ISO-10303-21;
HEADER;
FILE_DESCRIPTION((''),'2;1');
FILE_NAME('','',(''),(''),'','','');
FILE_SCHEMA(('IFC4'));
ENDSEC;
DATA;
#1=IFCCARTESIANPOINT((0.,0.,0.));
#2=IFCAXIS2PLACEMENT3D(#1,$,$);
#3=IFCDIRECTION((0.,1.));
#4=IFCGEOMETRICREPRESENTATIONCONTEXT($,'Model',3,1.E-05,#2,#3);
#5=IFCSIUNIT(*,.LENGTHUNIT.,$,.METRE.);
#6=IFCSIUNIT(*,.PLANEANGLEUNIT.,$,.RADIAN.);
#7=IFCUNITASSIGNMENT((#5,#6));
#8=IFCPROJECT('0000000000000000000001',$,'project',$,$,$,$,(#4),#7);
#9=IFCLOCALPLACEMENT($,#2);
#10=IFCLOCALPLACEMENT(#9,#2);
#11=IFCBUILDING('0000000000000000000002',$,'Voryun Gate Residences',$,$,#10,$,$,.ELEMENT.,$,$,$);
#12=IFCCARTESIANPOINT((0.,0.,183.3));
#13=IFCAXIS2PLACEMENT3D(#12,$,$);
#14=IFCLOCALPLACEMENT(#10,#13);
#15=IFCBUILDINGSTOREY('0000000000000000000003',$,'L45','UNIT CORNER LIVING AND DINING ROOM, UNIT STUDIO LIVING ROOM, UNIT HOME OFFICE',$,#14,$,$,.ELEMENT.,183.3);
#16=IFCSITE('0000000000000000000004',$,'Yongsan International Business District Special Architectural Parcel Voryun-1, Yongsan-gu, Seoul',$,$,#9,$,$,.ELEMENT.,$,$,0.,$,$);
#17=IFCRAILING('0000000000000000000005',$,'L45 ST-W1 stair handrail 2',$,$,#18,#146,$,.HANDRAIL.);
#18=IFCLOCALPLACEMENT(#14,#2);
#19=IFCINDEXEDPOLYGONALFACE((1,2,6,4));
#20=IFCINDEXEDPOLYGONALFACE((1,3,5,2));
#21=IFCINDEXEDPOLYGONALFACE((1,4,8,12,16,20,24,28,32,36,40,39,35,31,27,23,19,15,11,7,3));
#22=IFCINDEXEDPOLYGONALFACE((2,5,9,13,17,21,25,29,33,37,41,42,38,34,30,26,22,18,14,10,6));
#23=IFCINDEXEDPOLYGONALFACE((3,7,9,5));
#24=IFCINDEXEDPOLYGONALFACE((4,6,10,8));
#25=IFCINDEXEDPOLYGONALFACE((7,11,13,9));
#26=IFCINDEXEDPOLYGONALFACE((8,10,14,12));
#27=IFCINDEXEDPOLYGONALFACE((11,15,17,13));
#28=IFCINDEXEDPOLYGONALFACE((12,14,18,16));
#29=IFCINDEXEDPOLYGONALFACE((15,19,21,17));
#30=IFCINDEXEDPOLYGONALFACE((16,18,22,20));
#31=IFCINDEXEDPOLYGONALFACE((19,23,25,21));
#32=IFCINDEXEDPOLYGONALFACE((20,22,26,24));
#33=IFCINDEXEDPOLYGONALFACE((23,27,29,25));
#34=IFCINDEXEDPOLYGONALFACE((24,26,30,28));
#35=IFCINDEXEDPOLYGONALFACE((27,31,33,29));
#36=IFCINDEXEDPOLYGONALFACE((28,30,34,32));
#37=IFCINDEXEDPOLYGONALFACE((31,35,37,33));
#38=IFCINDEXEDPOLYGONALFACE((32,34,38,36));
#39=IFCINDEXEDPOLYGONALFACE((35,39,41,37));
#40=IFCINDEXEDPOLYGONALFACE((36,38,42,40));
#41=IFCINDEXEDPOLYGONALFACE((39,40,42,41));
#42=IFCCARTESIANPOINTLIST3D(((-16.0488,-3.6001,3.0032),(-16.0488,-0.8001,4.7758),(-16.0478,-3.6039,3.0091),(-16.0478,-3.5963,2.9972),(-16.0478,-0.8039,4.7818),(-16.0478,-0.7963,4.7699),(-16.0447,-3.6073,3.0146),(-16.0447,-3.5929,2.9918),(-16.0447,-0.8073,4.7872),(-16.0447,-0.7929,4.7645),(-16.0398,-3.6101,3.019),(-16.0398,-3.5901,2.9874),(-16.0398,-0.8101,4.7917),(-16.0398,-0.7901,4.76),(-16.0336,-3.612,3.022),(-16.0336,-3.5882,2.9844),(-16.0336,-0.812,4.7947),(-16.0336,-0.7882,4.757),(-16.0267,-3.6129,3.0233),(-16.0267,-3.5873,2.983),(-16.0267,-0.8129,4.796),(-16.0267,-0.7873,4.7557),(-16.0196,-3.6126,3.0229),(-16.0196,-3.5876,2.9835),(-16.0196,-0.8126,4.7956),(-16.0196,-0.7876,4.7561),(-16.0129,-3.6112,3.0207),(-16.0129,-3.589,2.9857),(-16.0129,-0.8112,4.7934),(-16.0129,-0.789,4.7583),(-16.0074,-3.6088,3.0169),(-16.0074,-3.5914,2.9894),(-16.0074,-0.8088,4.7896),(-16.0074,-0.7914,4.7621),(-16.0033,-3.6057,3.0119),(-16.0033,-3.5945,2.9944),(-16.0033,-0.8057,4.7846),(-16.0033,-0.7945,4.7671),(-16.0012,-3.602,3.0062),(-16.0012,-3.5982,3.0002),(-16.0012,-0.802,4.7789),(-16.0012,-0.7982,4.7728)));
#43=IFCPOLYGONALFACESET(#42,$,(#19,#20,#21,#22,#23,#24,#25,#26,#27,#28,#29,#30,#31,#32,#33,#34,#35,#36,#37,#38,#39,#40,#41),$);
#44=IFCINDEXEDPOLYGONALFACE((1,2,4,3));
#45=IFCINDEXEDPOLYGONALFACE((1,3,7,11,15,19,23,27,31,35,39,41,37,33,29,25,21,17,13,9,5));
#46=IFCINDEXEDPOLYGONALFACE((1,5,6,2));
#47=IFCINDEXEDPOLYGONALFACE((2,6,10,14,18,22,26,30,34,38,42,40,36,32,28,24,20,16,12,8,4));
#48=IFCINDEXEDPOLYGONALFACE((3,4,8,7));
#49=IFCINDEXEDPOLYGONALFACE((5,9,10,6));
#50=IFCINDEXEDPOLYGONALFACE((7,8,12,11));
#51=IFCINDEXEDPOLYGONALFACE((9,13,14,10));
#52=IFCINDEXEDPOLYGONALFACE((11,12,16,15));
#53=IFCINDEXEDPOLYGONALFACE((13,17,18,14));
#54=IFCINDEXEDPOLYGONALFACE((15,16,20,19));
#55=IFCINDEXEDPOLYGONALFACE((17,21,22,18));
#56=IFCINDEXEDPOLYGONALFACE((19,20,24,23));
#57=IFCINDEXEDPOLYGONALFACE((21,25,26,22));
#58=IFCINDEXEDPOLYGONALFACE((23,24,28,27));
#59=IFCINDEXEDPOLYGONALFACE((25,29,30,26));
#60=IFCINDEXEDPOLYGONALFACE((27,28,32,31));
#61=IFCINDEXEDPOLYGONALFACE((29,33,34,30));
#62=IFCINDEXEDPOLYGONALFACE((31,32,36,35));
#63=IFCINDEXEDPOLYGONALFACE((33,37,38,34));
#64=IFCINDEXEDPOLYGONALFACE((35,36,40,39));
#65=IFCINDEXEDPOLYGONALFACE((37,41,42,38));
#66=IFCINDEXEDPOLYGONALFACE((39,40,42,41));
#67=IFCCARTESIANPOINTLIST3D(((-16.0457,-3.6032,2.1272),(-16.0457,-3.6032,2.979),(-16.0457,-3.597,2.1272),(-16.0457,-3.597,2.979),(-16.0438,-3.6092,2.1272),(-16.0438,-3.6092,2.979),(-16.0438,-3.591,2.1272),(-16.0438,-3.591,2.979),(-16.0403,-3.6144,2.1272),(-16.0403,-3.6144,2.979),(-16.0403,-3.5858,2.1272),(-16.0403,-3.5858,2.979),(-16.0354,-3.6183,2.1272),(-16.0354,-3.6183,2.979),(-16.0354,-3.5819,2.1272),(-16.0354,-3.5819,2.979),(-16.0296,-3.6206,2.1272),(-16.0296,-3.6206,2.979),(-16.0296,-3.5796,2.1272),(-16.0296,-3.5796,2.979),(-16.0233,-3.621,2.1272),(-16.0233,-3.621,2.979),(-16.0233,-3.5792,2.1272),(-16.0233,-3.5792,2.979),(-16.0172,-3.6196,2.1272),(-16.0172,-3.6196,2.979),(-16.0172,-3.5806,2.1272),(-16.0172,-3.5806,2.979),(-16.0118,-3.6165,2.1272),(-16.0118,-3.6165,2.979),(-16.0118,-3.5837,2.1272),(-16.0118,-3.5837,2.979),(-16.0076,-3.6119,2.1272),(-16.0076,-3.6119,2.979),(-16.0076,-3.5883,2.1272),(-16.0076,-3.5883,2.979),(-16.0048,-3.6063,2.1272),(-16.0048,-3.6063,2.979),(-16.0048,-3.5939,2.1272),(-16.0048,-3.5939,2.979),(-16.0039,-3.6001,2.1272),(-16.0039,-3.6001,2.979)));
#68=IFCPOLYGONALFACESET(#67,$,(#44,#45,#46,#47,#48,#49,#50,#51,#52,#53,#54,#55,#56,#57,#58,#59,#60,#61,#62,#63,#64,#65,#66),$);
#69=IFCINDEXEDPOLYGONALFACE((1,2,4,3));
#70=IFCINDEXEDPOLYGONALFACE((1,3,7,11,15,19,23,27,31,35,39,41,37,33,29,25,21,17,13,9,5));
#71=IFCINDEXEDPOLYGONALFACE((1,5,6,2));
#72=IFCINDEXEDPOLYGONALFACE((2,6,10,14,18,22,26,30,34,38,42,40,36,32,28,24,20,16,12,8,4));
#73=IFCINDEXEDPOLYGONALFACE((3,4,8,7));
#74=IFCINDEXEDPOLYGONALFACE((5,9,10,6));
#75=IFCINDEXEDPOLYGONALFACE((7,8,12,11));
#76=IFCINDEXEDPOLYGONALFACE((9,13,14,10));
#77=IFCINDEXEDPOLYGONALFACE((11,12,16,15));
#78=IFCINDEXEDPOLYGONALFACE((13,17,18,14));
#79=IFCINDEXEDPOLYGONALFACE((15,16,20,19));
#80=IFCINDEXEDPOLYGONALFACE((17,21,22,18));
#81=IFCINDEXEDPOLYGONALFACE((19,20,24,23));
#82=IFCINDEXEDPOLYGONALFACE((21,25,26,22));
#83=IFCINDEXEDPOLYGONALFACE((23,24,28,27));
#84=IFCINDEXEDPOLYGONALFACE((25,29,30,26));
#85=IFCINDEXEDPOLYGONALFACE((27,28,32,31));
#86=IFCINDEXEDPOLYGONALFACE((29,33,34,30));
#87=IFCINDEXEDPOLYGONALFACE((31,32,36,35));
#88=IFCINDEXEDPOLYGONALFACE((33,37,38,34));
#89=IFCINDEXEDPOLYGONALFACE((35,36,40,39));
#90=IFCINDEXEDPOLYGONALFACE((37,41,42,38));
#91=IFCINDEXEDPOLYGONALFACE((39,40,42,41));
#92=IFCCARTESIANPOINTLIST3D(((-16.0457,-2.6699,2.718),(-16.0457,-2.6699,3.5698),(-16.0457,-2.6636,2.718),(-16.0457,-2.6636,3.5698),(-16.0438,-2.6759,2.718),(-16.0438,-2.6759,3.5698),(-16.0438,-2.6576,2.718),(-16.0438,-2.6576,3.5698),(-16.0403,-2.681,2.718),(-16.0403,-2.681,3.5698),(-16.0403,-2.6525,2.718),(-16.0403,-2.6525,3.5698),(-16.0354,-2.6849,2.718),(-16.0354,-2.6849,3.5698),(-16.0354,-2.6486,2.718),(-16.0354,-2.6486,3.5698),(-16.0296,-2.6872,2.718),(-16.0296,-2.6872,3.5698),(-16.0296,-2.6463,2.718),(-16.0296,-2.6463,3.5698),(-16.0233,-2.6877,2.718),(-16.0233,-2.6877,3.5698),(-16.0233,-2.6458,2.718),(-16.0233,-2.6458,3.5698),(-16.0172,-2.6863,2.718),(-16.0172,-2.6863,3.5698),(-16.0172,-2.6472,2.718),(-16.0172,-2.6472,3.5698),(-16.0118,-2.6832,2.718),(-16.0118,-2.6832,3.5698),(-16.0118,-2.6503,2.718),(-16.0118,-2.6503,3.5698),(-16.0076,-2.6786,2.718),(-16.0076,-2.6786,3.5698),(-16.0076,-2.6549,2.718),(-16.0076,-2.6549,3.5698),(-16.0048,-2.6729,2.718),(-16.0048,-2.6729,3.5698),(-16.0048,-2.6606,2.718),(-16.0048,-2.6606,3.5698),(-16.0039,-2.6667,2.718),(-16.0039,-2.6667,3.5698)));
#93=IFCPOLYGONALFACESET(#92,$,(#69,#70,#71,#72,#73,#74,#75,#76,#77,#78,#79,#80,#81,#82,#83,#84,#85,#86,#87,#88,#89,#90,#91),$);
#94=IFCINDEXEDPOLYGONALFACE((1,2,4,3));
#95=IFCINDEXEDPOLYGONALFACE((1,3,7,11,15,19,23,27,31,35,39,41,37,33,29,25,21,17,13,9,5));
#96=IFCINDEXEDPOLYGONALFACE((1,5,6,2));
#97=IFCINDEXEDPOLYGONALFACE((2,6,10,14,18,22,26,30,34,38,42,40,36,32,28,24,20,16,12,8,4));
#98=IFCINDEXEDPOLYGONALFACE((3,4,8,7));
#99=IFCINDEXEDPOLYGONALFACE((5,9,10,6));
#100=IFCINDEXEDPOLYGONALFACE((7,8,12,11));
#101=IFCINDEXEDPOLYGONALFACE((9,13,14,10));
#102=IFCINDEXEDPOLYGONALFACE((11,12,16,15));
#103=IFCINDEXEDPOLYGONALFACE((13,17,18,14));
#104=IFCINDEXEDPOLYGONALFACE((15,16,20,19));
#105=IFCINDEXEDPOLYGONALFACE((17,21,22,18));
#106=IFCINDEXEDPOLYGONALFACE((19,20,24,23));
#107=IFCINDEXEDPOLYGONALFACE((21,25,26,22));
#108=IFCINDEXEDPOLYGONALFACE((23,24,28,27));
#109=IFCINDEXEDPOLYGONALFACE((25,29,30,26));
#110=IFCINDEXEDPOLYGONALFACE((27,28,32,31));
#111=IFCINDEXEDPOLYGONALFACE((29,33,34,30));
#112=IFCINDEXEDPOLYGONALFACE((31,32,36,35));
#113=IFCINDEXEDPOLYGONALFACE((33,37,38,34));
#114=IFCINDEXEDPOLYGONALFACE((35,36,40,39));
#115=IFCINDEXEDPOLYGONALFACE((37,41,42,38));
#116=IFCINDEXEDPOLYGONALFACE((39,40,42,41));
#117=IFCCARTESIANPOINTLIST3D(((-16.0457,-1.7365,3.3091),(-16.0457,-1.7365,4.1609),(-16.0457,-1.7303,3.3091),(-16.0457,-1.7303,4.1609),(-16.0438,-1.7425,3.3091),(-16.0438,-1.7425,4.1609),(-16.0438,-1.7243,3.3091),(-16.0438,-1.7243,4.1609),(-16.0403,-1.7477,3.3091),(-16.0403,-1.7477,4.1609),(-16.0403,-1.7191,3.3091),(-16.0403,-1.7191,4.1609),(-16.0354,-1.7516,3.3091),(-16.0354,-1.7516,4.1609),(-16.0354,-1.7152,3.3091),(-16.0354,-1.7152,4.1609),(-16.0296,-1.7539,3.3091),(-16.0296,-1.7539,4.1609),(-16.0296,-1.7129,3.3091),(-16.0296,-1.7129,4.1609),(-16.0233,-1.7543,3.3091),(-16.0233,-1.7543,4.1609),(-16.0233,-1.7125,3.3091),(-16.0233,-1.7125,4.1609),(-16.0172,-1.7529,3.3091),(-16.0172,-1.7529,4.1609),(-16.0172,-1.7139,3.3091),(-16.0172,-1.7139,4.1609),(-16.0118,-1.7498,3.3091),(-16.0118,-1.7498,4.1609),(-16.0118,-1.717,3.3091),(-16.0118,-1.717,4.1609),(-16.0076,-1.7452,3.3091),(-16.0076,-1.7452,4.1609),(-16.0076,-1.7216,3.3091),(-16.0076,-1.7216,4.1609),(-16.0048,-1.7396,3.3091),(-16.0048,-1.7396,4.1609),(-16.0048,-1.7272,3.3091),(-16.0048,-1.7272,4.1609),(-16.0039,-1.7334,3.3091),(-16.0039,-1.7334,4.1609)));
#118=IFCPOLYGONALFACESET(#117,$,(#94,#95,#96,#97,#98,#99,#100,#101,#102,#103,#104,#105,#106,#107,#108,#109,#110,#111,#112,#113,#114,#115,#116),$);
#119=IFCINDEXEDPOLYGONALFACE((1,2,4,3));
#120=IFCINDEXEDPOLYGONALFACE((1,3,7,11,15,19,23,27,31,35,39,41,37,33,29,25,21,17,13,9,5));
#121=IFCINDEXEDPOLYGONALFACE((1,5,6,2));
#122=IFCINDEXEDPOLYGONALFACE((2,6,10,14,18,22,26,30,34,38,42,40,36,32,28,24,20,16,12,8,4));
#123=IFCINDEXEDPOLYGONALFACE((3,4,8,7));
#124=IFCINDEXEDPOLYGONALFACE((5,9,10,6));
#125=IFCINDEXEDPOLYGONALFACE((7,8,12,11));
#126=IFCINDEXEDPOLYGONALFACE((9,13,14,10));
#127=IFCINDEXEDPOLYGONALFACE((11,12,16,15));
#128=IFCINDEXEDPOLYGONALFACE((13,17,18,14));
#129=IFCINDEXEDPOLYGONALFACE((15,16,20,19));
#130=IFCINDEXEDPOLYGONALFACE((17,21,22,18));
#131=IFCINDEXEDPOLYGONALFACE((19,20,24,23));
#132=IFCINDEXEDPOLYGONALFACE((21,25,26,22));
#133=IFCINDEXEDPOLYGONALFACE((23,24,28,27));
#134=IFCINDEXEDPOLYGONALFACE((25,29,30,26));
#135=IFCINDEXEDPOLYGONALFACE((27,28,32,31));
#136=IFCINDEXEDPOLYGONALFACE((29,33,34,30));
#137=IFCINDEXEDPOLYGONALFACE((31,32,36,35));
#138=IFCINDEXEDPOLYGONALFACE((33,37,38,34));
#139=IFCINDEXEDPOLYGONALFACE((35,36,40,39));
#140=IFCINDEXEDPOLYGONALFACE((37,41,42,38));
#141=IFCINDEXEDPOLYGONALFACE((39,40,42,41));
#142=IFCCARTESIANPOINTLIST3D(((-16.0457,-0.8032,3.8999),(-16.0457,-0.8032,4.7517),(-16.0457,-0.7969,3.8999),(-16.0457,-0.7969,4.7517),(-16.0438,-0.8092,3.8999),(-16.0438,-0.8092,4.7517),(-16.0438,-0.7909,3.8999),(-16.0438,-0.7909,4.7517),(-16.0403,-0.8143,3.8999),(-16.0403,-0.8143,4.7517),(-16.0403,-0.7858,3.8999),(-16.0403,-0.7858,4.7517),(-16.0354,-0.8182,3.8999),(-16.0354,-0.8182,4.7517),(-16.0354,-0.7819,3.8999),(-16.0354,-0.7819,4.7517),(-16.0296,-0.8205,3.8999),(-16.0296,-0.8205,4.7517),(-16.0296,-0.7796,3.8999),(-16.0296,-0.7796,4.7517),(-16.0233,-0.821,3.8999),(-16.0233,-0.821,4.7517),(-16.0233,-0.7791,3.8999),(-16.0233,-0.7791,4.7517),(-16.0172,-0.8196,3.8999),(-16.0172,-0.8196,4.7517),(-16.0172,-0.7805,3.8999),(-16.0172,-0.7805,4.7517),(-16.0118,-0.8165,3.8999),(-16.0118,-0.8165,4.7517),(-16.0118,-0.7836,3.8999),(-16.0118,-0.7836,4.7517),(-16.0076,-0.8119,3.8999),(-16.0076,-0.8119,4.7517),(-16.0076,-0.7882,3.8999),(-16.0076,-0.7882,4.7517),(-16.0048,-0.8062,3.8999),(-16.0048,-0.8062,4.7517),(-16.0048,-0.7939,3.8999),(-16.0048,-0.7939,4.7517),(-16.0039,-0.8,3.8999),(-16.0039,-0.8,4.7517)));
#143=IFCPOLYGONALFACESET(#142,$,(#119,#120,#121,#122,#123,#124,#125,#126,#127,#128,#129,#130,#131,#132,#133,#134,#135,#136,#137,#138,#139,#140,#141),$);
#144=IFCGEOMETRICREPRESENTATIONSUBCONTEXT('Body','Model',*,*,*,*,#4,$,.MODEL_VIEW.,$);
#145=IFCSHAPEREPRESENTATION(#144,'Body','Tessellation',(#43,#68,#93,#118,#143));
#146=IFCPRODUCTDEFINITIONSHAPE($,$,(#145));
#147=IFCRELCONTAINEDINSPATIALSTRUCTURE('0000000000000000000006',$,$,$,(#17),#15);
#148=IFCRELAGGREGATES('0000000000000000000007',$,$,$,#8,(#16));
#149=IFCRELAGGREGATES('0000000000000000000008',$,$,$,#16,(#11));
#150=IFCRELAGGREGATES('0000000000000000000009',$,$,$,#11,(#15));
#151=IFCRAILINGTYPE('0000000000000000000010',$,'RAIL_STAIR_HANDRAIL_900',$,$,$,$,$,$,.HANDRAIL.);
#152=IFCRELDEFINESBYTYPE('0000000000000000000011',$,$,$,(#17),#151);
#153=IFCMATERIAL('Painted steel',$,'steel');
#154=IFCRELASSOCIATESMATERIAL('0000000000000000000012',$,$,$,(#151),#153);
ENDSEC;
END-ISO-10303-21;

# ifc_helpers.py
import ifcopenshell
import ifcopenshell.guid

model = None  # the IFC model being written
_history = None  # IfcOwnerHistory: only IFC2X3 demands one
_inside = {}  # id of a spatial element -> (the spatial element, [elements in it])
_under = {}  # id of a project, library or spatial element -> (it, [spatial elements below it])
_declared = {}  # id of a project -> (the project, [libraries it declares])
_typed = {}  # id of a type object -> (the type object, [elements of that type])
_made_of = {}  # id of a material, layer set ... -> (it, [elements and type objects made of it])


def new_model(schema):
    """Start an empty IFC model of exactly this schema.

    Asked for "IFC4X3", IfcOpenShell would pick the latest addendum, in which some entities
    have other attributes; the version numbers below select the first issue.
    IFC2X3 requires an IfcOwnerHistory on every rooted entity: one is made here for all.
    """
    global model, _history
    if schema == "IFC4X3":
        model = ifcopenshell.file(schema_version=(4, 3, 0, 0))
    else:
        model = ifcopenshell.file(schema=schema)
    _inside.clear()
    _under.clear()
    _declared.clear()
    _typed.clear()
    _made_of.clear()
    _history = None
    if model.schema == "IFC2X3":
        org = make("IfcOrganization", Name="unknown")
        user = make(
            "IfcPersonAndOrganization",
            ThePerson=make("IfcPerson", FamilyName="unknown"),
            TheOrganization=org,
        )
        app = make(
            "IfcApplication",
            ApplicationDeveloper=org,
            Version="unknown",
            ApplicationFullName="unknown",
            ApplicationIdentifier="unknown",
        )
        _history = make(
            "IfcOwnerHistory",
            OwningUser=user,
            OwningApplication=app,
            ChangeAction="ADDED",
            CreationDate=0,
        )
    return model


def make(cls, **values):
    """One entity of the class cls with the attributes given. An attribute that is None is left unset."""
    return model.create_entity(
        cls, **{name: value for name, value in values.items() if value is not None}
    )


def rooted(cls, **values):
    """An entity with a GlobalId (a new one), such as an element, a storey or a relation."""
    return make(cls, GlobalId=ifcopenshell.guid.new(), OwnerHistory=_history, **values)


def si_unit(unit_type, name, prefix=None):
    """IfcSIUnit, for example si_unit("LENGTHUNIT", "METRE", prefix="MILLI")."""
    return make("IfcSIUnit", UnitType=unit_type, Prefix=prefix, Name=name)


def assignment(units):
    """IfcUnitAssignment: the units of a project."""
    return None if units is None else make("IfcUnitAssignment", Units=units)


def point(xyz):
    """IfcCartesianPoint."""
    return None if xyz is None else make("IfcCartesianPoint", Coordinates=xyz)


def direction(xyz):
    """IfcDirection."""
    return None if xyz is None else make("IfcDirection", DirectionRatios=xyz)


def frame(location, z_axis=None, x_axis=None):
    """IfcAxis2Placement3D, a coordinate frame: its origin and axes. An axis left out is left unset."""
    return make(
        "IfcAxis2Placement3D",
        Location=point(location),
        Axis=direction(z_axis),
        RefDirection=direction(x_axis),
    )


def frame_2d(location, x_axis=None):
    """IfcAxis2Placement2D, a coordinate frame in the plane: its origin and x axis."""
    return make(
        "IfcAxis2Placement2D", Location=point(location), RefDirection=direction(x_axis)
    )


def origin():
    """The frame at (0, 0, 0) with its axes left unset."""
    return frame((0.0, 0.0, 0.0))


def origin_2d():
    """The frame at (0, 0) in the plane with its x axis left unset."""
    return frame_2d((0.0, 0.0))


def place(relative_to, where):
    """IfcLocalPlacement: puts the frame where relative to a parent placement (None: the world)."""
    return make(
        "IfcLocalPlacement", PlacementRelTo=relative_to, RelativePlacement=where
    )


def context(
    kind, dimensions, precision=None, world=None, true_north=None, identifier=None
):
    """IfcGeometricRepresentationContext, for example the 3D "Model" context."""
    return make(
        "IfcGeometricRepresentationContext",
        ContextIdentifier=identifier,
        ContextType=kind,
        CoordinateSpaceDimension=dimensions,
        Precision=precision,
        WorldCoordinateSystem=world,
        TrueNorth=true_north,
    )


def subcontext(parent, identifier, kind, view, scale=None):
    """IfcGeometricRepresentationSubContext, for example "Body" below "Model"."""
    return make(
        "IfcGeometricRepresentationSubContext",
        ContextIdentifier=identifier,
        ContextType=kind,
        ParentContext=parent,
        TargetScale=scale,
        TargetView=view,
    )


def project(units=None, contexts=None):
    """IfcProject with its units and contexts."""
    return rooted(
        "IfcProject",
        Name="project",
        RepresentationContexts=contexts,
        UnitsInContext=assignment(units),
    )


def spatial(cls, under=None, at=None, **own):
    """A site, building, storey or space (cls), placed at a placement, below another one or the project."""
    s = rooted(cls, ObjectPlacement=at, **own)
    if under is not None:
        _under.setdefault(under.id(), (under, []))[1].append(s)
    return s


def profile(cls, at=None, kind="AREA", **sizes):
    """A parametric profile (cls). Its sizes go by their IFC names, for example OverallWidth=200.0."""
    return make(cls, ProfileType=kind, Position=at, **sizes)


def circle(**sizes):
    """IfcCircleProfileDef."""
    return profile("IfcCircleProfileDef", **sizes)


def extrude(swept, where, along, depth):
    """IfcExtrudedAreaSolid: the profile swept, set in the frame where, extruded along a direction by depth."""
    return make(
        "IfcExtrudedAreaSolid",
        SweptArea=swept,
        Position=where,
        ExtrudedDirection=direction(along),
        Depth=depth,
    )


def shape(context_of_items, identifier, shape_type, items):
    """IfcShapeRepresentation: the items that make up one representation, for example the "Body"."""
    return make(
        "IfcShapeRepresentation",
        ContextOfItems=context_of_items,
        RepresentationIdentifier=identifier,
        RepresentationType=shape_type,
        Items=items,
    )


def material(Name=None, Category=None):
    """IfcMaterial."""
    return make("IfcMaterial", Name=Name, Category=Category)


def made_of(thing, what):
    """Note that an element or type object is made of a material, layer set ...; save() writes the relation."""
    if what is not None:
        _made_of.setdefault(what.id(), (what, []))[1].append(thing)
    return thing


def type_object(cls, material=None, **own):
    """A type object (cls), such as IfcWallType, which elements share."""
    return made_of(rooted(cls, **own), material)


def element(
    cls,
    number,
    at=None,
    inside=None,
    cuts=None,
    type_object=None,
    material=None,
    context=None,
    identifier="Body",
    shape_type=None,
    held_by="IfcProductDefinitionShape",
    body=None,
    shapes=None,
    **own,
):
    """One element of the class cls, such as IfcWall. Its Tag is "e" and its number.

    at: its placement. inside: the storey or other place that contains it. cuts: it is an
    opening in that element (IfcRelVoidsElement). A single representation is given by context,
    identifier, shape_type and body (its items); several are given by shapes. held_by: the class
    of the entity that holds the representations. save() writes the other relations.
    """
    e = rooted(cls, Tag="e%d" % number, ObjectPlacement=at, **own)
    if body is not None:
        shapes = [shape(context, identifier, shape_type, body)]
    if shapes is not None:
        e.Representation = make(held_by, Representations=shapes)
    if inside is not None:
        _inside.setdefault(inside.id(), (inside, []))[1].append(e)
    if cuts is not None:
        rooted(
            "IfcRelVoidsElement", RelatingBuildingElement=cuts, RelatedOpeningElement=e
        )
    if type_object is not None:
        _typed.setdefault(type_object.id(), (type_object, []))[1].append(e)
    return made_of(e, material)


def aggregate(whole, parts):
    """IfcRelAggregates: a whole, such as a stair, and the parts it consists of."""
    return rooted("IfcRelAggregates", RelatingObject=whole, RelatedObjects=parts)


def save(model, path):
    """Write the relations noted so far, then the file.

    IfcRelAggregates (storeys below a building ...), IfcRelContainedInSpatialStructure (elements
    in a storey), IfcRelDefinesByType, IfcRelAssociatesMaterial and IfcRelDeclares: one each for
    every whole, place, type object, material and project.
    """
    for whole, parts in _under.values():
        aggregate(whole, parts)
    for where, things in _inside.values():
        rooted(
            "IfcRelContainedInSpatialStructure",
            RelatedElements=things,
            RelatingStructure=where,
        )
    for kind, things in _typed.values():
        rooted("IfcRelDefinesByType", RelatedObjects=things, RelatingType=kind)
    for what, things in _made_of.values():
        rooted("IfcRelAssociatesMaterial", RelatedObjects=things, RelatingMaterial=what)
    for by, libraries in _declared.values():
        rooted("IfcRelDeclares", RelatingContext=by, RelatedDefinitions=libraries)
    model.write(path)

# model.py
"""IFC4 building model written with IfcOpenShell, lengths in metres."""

from ifc_helpers import new_model, si_unit, direction, frame, origin, origin_2d, place, context, subcontext, project, spatial, circle, extrude, material, type_object, element, save


model = new_model("IFC4")

# Units and contexts
model_context = context("Model", 3, precision=1e-05, world=origin(), true_north=direction((0.0, 1.0)))
body_context = subcontext(model_context, "Body", "Model", "MODEL_VIEW")
ifc_project = project(units=[si_unit("LENGTHUNIT", "METRE"), si_unit("PLANEANGLEUNIT", "RADIAN")], contexts=[model_context])

# Site, building, storey
site_placement = place(None, origin())
site = spatial("IfcSite", under=ifc_project, at=site_placement, Name="Yongsan International Business District Special Architectural Parcel Voryun-1, Yongsan-gu, Seoul", CompositionType="ELEMENT", RefElevation=0.0)
building_placement = place(site_placement, origin())
building = spatial("IfcBuilding", under=site, at=building_placement, Name="Voryun Gate Residences", CompositionType="ELEMENT")
storey_placement = place(building_placement, frame((0.0, 0.0, 183.3)))
storey = spatial("IfcBuildingStorey", under=building, at=storey_placement, Name="L45", Description="UNIT CORNER LIVING AND DINING ROOM, UNIT STUDIO LIVING ROOM, UNIT HOME OFFICE", CompositionType="ELEMENT", Elevation=183.3)

# Railing
ifc_material_1 = material(Name="Painted steel", Category="steel")
railing_type_1 = type_object("IfcRailingType", Name="RAIL_STAIR_HANDRAIL_900", PredefinedType="HANDRAIL", material=ifc_material_1)
railing_1_placement = place(storey_placement, frame((-16.0249, -3.6001, 2.1272)))
element("IfcRailing", 1, at=railing_1_placement, inside=storey, type_object=railing_type_1, Name="L45 ST-W1 stair handrail 2", PredefinedType="HANDRAIL", context=body_context, shape_type="SweptSolid", body=[
    extrude(circle(Radius=0.0239, at=origin_2d()), frame((0.0, 0.0, 0.876), z_axis=(0.0, 0.844909, 0.53491), x_axis=(-1.0, 0.0, 0.0)), (0.0, 0.0, 1.0), 3.314),
    extrude(circle(Radius=0.021, at=origin_2d()), origin(), (0.0, 0.0, 1.0), 0.8518),
    extrude(circle(Radius=0.021, at=origin_2d()), frame((0.0, 0.9333, 0.5908)), (0.0, 0.0, 1.0), 0.8518),
    extrude(circle(Radius=0.021, at=origin_2d()), frame((0.0, 1.8667, 1.1819)), (0.0, 0.0, 1.0), 0.8518),
    extrude(circle(Radius=0.021, at=origin_2d()), frame((0.0, 2.8, 1.7727)), (0.0, 0.0, 1.0), 0.8518),
])

save(model, "model.ifc")
